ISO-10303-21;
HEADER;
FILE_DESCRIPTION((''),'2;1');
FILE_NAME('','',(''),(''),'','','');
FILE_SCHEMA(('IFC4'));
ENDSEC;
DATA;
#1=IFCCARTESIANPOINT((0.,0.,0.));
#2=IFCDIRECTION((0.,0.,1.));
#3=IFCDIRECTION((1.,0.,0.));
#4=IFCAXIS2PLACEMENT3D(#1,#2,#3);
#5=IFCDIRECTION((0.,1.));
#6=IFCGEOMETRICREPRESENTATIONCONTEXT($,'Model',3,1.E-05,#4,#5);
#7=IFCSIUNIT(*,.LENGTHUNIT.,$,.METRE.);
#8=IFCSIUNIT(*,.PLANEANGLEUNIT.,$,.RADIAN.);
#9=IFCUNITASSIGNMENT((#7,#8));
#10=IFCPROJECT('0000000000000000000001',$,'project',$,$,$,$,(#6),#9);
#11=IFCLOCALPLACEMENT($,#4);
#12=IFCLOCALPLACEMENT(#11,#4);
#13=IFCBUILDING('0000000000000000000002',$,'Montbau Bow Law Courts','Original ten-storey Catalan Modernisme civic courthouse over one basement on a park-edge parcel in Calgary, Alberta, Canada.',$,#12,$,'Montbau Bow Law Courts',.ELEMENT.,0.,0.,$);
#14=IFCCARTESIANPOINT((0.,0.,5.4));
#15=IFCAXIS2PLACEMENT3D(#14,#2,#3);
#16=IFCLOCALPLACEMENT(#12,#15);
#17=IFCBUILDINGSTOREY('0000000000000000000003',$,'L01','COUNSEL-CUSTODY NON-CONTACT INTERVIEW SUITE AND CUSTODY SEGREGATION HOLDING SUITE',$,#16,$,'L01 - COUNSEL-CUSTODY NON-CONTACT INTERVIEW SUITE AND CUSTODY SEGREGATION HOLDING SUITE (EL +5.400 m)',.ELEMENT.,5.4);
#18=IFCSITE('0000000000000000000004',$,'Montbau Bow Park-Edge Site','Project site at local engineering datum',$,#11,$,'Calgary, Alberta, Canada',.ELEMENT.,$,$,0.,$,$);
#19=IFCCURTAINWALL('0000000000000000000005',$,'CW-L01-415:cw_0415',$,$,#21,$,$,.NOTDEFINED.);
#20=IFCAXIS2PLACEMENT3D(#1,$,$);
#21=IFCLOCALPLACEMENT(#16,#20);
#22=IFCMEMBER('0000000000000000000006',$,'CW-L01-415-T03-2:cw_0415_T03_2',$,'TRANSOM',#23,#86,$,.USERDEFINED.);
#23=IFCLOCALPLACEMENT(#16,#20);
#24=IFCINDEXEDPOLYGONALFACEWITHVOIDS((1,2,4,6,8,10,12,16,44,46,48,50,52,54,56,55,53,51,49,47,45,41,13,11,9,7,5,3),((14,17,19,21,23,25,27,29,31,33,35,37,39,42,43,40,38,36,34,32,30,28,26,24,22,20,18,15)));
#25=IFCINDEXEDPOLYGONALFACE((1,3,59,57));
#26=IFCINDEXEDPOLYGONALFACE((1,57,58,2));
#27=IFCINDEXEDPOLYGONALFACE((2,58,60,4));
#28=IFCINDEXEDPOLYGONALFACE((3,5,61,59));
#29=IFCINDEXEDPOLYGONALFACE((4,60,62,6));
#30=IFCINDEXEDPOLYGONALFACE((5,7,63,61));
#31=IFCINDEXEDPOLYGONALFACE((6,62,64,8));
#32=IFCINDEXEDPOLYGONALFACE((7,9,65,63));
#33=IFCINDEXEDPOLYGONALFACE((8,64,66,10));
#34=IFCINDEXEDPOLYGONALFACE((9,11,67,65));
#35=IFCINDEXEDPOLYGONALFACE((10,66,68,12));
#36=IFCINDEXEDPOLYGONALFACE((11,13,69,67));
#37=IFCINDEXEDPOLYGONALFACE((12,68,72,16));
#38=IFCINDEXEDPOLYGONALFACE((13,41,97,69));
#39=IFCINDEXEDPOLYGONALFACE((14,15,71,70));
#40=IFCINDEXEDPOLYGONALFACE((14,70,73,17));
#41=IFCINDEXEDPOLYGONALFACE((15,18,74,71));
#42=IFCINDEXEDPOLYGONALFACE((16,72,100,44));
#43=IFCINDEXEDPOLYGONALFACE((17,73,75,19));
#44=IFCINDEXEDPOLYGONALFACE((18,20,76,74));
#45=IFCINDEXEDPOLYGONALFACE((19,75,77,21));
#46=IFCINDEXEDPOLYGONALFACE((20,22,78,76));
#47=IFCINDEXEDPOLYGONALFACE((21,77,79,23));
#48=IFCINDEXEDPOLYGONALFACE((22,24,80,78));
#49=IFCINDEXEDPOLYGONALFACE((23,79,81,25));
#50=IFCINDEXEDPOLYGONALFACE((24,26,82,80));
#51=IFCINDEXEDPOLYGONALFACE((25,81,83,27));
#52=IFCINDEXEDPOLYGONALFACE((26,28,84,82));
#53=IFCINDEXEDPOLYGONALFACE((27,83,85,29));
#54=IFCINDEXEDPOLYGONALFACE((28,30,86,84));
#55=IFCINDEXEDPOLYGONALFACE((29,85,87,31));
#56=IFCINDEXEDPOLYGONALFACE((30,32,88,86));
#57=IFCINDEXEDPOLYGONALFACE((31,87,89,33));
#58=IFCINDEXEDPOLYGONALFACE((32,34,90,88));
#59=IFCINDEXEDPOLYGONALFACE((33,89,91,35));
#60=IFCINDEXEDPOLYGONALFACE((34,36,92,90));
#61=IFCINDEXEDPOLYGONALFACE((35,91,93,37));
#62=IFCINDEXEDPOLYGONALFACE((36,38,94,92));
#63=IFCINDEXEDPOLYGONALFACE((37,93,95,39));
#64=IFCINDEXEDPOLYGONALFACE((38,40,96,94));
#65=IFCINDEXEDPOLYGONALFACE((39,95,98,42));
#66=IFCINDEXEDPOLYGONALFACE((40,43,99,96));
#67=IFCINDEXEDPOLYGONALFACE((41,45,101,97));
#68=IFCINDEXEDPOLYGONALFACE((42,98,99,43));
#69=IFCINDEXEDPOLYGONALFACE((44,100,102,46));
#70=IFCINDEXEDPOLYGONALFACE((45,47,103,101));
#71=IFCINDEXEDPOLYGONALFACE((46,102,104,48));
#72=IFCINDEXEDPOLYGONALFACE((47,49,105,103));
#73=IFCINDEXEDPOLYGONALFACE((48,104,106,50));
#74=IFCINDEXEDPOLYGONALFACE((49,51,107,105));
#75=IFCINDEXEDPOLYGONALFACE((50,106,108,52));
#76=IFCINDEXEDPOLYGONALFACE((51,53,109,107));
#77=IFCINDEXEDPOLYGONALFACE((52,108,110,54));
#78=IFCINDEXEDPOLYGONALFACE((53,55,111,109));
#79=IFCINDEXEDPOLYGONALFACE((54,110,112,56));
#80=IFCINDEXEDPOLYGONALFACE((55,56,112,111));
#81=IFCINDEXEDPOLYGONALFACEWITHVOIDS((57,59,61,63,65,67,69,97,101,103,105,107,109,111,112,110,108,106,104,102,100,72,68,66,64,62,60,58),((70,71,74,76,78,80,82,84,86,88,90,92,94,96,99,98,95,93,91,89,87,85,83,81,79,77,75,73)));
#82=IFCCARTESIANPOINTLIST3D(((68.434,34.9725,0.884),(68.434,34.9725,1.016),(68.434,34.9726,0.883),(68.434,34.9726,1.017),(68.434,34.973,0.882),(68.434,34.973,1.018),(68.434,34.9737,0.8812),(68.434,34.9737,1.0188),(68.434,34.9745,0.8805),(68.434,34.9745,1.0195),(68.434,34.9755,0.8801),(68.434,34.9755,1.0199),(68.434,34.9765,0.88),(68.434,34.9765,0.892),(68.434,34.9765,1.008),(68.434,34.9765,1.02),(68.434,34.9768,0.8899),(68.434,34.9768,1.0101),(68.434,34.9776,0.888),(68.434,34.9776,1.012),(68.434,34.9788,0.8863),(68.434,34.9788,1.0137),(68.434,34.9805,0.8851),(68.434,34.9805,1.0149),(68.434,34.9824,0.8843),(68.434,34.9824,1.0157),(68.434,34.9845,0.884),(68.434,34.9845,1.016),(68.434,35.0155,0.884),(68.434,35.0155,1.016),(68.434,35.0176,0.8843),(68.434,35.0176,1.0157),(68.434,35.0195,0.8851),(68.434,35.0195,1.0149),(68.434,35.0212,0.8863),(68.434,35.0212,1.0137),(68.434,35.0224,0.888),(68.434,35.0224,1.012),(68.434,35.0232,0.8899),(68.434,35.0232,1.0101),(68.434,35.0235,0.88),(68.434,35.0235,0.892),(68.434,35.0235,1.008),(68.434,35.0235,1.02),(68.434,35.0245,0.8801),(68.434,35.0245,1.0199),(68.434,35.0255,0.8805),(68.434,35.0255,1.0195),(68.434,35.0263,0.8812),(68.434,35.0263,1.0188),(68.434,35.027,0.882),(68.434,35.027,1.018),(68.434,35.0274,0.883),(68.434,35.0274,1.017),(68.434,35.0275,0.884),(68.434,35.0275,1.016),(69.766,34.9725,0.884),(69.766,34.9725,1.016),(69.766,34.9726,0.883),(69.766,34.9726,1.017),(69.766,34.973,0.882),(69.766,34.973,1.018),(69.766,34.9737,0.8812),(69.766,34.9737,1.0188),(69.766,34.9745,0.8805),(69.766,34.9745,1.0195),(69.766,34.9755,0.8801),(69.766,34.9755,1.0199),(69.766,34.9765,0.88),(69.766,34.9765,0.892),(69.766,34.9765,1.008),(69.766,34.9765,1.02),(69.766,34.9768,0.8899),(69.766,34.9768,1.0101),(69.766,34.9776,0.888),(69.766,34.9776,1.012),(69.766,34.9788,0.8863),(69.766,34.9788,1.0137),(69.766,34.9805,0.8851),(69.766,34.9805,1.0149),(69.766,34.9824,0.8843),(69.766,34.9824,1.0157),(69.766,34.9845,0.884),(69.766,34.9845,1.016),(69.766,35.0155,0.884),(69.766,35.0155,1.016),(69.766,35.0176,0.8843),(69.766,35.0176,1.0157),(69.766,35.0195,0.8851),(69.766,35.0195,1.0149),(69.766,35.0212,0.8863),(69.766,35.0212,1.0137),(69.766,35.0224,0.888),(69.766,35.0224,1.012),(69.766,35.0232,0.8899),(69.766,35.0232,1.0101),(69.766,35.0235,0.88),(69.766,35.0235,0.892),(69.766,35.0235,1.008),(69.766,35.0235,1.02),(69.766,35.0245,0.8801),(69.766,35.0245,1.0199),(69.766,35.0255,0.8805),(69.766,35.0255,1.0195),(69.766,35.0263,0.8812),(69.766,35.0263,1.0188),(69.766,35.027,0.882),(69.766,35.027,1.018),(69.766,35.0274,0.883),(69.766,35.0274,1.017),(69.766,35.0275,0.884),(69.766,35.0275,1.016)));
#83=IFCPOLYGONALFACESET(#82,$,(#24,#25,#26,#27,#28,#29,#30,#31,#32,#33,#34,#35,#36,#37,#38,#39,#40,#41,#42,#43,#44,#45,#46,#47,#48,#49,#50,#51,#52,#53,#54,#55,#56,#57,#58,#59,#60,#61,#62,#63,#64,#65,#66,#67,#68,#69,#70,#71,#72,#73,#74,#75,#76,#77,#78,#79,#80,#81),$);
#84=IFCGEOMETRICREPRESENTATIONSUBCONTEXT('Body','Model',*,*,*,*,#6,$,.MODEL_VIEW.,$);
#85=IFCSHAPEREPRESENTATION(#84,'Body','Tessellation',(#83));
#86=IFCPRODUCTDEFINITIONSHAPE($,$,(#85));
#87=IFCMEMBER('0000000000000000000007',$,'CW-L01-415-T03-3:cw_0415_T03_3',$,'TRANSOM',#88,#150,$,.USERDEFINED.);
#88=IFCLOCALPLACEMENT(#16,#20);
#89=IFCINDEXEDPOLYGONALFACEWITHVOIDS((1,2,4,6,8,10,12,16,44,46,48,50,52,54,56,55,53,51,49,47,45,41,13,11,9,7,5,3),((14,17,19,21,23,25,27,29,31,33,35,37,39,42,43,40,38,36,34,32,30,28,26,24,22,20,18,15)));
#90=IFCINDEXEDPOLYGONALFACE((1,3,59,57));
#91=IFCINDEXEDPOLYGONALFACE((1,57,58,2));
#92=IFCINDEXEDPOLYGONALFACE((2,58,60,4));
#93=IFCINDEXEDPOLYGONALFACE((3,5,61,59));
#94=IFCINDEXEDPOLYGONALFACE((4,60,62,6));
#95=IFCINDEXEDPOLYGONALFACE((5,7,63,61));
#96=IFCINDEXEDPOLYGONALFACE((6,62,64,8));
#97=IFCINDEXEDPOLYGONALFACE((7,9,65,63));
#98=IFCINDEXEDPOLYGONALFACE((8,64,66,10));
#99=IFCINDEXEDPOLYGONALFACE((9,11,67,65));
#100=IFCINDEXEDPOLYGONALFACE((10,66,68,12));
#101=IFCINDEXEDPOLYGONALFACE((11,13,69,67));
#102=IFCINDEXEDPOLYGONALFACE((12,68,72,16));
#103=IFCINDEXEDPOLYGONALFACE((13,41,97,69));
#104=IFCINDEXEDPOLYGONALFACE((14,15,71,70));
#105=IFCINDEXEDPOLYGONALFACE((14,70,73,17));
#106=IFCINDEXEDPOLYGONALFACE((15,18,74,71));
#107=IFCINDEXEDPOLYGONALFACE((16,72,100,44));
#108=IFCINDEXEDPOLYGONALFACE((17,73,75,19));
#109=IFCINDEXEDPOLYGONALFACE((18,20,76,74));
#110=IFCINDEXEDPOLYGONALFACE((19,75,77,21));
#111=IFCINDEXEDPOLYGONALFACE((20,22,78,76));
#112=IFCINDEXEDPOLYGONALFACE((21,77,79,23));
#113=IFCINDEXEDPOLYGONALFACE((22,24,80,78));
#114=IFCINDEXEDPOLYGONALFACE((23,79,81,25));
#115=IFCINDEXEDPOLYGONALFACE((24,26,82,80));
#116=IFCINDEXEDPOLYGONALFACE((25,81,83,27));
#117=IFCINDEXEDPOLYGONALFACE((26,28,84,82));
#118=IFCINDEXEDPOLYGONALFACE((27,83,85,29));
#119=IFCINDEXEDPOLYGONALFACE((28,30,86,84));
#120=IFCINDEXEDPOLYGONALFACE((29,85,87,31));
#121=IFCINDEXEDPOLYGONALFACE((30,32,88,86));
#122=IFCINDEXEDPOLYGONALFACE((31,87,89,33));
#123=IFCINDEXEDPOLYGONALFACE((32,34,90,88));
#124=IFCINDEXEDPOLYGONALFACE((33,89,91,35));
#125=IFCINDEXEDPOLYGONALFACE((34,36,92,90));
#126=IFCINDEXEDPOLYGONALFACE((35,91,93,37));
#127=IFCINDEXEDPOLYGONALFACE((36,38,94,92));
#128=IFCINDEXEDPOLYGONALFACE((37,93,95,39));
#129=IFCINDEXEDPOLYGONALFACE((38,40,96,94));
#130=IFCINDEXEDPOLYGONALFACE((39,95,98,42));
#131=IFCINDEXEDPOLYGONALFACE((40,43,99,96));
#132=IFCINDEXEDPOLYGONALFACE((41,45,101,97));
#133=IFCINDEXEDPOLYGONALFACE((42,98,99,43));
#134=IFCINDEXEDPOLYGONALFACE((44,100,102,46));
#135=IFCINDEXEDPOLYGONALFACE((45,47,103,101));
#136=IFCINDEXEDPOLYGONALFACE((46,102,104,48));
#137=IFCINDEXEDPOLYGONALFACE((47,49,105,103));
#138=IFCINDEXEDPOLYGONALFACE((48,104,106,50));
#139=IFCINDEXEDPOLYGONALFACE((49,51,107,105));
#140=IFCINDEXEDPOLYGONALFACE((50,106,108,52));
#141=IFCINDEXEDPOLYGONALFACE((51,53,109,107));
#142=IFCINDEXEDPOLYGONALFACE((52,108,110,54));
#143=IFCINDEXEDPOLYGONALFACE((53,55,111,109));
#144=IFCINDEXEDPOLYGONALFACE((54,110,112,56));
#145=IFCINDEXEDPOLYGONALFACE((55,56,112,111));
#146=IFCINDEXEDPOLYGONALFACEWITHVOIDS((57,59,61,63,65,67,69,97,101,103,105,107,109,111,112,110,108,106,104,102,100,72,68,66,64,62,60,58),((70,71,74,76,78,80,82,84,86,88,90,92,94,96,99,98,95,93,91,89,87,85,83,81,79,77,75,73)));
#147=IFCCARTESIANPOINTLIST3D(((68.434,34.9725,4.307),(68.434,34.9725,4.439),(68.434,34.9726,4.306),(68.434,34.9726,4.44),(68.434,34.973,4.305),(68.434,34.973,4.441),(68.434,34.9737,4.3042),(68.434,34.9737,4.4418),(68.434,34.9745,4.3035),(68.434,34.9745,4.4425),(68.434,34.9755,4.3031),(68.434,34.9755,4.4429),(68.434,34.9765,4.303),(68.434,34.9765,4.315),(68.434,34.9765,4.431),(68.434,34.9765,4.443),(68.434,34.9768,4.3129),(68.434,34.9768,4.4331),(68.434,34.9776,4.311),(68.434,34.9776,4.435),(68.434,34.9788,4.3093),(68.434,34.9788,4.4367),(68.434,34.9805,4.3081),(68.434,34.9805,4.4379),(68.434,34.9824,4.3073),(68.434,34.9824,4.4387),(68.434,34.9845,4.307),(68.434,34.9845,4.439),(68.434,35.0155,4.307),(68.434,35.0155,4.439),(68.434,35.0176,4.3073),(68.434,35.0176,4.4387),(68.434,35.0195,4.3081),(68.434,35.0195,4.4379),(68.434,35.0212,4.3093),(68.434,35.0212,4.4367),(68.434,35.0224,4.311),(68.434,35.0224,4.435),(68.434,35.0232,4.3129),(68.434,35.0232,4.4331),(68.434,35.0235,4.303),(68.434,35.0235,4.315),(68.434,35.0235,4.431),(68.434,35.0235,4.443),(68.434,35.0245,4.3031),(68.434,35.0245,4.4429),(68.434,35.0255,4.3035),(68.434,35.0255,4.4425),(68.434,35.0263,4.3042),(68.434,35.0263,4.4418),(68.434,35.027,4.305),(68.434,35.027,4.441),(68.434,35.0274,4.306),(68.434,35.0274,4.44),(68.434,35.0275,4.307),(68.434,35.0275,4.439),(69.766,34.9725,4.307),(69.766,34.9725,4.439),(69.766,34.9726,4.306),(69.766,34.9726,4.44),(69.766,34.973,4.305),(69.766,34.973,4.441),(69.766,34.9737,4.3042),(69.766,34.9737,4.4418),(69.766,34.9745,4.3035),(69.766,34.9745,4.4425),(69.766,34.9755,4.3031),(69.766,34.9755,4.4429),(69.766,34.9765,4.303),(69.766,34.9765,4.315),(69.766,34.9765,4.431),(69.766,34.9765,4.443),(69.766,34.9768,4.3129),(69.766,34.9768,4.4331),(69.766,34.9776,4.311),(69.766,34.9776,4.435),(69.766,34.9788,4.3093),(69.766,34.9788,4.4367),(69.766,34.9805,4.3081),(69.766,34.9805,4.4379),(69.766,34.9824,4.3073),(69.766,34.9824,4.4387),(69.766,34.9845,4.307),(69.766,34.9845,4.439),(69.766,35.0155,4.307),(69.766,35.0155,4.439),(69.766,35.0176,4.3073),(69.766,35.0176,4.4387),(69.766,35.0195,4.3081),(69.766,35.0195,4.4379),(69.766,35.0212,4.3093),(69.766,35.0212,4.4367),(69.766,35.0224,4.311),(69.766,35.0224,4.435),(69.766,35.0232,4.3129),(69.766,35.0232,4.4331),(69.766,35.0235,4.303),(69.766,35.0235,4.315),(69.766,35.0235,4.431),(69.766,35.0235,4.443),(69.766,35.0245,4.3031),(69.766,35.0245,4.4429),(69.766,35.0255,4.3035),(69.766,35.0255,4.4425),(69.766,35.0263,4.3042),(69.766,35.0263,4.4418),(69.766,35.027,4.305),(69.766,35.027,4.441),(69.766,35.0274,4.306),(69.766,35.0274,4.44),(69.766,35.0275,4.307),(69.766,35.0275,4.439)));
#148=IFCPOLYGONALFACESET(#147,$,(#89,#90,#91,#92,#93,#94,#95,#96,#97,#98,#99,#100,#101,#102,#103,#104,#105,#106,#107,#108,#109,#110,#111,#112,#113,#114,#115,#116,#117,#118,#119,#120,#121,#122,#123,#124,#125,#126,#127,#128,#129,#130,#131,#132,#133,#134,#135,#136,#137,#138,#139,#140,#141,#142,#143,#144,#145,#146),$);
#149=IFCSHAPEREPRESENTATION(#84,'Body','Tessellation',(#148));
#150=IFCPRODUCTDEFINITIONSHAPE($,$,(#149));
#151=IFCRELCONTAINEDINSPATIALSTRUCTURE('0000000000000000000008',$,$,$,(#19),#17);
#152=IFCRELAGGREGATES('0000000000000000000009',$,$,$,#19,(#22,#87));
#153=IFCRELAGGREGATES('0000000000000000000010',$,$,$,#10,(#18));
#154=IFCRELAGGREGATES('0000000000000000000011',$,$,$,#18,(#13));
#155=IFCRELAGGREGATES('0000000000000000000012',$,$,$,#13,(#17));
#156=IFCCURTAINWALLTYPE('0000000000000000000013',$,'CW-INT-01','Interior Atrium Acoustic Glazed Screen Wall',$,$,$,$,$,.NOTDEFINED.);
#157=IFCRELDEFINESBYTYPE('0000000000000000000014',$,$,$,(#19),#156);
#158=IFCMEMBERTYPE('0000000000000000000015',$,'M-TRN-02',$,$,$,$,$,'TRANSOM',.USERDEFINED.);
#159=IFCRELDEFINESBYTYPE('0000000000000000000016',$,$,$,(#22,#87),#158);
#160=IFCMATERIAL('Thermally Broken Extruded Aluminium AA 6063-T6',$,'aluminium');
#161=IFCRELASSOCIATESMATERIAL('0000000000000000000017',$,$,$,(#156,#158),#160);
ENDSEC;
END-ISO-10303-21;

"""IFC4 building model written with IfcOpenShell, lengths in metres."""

from ifc_helpers import new_model, si_unit, direction, frame, origin_with_axes, origin_2d_with_axis, place, context, subcontext, project, spatial, hollow_rectangle, extrude, material, material_profile, profile_set, type_object, element, aggregate, save


model = new_model("IFC4")

# Units and contexts
model_context = context("Model", 3, precision=1e-05, world=origin_with_axes(), true_north=direction((0.0, 1.0)))
body_context = subcontext(model_context, "Body", "Model", "MODEL_VIEW")
ifc_project = project(units=[si_unit("LENGTHUNIT", "METRE"), si_unit("PLANEANGLEUNIT", "RADIAN")], contexts=[model_context])

# Site, building, storey
site_placement = place(None, origin_with_axes())
site = spatial("IfcSite", under=ifc_project, at=site_placement, Name="Montbau Bow Park-Edge Site", Description="Project site at local engineering datum", LongName="Calgary, Alberta, Canada", CompositionType="ELEMENT", RefElevation=0.0)
building_placement = place(site_placement, origin_with_axes())
building = spatial("IfcBuilding", under=site, at=building_placement, Name="Montbau Bow Law Courts", Description="Original ten-storey Catalan Modernisme civic courthouse over one basement on a park-edge parcel in Calgary, Alberta, Canada.", LongName="Montbau Bow Law Courts", CompositionType="ELEMENT", ElevationOfRefHeight=0.0, ElevationOfTerrain=0.0)
storey_placement = place(building_placement, frame((0.0, 0.0, 5.4), z_axis=(0.0, 0.0, 1.0), x_axis=(1.0, 0.0, 0.0)))
storey = spatial("IfcBuildingStorey", under=building, at=storey_placement, Name="L01", Description="COUNSEL-CUSTODY NON-CONTACT INTERVIEW SUITE AND CUSTODY SEGREGATION HOLDING SUITE", LongName="L01 - COUNSEL-CUSTODY NON-CONTACT INTERVIEW SUITE AND CUSTODY SEGREGATION HOLDING SUITE (EL +5.400 m)", CompositionType="ELEMENT", Elevation=5.4)

# Curtain wall
ifc_material_1 = material(Name="Thermally Broken Extruded Aluminium AA 6063-T6", Category="aluminium")
curtain_wall_type_1 = type_object("IfcCurtainWallType", Name="CW-INT-01", Description="Interior Atrium Acoustic Glazed Screen Wall", PredefinedType="NOTDEFINED", material=ifc_material_1)
curtain_wall_1_placement = place(None, frame((65.6, 35.0, 5.4), z_axis=(0.0, 0.0, 1.0), x_axis=(1.0, 0.0, 0.0)))
curtain_wall_1 = element("IfcCurtainWall", 1, at=curtain_wall_1_placement, inside=storey, type_object=curtain_wall_type_1, Name="CW-L01-415:cw_0415", PredefinedType="NOTDEFINED")
ifc_material_profile_1 = material_profile(ifc_material_1, hollow_rectangle(XDim=0.055, YDim=0.14, WallThickness=0.004, InnerFilletRadius=0.008, OuterFilletRadius=0.004, at=origin_2d_with_axis()), Name="CWT-140X55", Category="Main", Priority=0)
ifc_profile_set_1 = profile_set([ifc_material_profile_1], Name="Thermally Broken Extruded Aluminium AA 6063-T6")
member_type_1 = type_object("IfcMemberType", Name="M-TRN-02", ElementType="TRANSOM", PredefinedType="USERDEFINED", material=ifc_profile_set_1)

# Members
member_1_placement = place(None, frame((68.434, 35.0, 6.35), z_axis=(1.0, 0.0, 0.0), x_axis=(0.0, 1.0, 0.0)))
member_1 = element("IfcMember", 2, at=member_1_placement, type_object=member_type_1, Name="CW-L01-415-T03-2:cw_0415_T03_2", ObjectType="TRANSOM", PredefinedType="USERDEFINED", context=body_context, shape_type="SweptSolid", body=[
    extrude(hollow_rectangle(XDim=0.055, YDim=0.14, WallThickness=0.004, InnerFilletRadius=0.008, OuterFilletRadius=0.004, at=origin_2d_with_axis()), origin_with_axes(), (0.0, 0.0, 1.0), 1.332),
])
member_2_placement = place(None, frame((68.434, 35.0, 9.773), z_axis=(1.0, 0.0, 0.0), x_axis=(0.0, 1.0, 0.0)))
member_2 = element("IfcMember", 3, at=member_2_placement, type_object=member_type_1, Name="CW-L01-415-T03-3:cw_0415_T03_3", ObjectType="TRANSOM", PredefinedType="USERDEFINED", context=body_context, shape_type="SweptSolid", body=[
    extrude(hollow_rectangle(XDim=0.055, YDim=0.14, WallThickness=0.004, InnerFilletRadius=0.008, OuterFilletRadius=0.004, at=origin_2d_with_axis()), origin_with_axes(), (0.0, 0.0, 1.0), 1.332),
])

aggregate(curtain_wall_1, [member_1, member_2])

save(model, "model.ifc")
